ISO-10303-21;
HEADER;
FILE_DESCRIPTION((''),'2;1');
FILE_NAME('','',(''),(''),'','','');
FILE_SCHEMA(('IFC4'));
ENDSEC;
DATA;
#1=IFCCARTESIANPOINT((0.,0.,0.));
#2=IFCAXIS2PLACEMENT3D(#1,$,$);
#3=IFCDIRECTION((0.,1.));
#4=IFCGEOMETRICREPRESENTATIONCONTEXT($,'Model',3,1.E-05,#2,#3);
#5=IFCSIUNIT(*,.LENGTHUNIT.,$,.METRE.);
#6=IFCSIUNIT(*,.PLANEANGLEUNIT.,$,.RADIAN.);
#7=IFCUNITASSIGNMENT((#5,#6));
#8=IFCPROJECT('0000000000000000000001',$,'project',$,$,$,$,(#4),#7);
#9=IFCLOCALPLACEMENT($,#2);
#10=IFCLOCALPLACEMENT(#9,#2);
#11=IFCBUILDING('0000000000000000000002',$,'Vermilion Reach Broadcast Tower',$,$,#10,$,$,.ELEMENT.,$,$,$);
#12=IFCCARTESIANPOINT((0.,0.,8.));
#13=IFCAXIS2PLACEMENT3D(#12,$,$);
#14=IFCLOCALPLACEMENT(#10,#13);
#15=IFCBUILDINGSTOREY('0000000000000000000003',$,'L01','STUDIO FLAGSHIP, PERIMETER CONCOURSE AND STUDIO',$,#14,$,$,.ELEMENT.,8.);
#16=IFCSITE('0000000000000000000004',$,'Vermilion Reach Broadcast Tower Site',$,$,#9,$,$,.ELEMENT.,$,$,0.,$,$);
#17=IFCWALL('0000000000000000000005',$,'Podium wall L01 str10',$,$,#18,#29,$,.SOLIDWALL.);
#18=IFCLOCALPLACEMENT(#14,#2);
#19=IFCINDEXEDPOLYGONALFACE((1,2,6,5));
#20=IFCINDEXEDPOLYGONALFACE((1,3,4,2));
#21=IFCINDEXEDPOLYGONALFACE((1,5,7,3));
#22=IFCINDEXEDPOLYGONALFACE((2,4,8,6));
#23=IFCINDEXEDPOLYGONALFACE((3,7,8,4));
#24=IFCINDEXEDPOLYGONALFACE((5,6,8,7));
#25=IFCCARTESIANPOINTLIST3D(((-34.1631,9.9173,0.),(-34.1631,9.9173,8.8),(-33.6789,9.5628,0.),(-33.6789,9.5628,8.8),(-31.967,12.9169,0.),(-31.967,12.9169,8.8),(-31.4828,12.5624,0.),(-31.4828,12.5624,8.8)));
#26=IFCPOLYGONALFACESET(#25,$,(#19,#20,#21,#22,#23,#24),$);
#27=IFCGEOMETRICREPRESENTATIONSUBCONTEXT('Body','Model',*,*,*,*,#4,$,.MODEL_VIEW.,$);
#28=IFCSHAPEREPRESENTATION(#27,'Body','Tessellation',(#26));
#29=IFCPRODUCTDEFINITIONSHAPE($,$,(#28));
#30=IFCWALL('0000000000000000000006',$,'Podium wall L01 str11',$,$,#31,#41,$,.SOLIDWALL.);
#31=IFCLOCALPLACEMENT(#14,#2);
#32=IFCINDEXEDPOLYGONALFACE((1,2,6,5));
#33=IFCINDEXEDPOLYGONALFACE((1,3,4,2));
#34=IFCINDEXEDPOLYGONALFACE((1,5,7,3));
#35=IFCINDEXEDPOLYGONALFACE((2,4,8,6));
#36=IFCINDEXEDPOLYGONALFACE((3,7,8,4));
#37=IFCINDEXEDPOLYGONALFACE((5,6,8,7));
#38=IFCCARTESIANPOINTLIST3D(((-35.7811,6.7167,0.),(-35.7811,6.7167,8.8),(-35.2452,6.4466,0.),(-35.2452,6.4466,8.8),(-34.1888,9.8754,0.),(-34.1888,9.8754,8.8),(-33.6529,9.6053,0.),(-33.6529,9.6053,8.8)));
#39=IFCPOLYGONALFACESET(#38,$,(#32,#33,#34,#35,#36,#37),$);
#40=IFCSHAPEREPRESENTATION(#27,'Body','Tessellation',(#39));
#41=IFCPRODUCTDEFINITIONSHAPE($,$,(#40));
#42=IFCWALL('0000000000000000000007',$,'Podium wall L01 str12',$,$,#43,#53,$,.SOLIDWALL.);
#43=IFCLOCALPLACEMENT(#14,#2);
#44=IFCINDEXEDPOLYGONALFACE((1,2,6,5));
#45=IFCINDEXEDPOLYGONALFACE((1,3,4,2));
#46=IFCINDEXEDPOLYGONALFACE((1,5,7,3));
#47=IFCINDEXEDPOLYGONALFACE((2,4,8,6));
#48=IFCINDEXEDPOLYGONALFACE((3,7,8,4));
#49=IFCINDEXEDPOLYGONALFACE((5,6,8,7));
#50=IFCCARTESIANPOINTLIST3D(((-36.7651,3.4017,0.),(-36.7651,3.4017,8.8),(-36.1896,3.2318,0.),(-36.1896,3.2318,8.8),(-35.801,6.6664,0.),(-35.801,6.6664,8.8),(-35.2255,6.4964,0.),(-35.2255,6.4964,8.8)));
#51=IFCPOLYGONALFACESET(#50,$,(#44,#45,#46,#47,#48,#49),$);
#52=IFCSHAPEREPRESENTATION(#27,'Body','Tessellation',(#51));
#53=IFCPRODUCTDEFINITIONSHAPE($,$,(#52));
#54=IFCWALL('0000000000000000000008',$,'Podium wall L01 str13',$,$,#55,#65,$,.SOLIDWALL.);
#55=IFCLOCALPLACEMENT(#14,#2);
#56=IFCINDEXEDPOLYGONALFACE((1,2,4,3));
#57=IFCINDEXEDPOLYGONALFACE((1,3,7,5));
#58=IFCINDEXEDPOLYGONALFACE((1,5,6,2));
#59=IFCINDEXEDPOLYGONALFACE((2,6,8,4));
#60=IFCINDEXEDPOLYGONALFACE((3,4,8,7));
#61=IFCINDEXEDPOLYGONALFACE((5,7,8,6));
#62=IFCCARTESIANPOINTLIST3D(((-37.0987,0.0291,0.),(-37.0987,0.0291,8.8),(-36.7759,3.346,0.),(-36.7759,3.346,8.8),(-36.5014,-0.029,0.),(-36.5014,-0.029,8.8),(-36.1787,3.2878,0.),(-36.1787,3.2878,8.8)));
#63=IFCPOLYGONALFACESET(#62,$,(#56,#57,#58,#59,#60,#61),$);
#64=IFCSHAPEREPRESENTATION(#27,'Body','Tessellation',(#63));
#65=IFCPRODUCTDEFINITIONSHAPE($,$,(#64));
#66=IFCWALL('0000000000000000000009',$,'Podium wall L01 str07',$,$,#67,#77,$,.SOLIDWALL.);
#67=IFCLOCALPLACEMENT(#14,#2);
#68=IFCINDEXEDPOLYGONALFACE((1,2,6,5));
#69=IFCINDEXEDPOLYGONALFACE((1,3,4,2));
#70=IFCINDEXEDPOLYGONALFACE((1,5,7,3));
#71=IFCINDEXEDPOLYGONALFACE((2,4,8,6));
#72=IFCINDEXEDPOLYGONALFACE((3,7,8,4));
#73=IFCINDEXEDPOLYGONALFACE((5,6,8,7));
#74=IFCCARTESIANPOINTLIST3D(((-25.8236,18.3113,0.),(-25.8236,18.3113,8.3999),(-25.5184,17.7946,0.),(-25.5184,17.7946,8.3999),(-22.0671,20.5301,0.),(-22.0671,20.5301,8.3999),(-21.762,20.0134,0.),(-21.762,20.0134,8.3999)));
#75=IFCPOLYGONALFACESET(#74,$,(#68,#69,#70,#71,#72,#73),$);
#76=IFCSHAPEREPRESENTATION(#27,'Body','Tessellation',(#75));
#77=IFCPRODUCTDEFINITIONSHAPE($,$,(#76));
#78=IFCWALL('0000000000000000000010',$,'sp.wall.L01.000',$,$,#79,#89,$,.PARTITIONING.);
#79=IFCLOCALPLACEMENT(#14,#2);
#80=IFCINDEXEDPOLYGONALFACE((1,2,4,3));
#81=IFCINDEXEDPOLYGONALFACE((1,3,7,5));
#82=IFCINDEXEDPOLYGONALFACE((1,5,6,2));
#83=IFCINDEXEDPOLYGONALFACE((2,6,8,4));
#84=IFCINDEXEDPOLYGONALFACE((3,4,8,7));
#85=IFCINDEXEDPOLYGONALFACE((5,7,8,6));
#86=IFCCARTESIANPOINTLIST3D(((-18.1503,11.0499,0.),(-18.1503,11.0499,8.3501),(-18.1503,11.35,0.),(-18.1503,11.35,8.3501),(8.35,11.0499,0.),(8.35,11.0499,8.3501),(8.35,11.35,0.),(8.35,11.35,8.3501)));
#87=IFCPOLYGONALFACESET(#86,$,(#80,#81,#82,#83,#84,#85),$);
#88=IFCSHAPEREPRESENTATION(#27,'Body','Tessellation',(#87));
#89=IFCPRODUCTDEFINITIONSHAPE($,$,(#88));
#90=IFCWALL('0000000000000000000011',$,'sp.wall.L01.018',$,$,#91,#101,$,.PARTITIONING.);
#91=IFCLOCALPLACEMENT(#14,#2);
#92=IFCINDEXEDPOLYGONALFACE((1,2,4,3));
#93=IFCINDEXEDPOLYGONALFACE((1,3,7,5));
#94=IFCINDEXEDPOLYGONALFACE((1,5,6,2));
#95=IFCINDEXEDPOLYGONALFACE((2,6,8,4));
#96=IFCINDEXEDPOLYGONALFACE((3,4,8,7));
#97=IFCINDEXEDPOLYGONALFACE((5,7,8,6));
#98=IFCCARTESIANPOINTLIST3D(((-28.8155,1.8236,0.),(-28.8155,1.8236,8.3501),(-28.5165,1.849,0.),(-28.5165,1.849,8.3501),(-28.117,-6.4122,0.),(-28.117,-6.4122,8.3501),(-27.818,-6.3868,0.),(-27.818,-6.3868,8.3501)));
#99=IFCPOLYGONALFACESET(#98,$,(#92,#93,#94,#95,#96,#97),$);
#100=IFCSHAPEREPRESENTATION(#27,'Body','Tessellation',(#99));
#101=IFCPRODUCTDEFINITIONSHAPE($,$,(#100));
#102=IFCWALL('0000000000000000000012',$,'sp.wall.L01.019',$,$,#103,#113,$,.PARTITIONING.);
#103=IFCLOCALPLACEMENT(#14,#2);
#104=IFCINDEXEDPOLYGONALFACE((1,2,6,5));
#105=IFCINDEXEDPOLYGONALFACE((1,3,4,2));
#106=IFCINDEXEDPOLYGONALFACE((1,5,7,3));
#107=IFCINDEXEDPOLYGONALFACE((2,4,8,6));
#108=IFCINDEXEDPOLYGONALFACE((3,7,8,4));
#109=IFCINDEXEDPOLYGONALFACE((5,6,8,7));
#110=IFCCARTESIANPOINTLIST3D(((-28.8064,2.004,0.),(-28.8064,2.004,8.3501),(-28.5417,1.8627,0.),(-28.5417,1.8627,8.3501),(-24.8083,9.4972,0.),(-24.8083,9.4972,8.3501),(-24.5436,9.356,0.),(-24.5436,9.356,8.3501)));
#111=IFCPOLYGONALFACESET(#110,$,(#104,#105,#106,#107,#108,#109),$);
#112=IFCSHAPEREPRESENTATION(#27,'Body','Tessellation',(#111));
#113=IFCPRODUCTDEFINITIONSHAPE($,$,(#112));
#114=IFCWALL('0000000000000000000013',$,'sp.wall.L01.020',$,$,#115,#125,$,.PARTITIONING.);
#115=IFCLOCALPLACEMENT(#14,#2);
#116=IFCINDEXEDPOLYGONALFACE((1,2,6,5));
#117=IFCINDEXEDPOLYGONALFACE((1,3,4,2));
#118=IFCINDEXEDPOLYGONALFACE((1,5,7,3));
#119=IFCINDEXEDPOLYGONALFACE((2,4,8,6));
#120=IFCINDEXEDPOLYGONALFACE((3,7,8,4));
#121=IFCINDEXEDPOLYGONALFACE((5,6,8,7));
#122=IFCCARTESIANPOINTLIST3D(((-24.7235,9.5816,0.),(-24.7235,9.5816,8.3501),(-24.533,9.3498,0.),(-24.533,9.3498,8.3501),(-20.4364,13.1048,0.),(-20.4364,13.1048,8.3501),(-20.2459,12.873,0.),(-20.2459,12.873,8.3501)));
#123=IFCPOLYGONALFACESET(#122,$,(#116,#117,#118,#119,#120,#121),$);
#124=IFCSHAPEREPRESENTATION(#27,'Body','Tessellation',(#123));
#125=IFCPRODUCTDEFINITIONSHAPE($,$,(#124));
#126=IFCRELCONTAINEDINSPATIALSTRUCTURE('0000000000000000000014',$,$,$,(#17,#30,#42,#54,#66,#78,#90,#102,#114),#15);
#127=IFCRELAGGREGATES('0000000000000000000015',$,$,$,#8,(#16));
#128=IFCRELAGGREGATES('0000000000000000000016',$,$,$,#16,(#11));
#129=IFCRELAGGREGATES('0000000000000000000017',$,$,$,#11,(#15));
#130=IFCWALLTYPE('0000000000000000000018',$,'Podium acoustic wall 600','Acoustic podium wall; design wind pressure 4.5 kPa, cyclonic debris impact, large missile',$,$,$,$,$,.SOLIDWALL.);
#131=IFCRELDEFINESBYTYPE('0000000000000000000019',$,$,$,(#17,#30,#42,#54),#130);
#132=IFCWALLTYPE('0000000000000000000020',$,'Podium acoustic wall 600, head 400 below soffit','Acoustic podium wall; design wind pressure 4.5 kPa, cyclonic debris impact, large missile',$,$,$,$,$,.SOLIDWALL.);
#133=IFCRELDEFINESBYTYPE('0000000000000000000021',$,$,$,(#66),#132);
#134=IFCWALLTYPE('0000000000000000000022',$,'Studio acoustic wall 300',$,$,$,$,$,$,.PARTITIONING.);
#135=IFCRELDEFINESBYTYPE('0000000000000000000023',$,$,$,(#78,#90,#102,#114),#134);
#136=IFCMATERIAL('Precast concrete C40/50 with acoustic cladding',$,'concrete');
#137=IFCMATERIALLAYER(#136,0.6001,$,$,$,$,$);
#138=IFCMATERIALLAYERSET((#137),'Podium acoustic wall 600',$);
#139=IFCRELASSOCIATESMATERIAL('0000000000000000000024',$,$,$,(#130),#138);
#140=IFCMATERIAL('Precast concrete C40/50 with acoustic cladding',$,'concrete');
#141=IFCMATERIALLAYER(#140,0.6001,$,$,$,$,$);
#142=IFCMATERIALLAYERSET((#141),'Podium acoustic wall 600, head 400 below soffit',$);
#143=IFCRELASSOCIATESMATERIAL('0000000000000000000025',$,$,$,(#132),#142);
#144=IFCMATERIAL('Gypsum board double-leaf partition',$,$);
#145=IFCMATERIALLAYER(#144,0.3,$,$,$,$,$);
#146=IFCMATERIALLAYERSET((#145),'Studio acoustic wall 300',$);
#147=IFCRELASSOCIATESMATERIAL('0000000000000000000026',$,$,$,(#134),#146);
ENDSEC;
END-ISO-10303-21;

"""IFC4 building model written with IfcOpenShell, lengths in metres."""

from ifc_helpers import new_model, si_unit, direction, frame, frame_2d, origin, place, context, subcontext, project, spatial, rectangle, extrude, material, layer, layer_set, type_object, element, save


model = new_model("IFC4")

# Units and contexts
model_context = context("Model", 3, precision=1e-05, world=origin(), true_north=direction((0.0, 1.0)))
body_context = subcontext(model_context, "Body", "Model", "MODEL_VIEW")
ifc_project = project(units=[si_unit("LENGTHUNIT", "METRE"), si_unit("PLANEANGLEUNIT", "RADIAN")], contexts=[model_context])

# Site, building, storey
site_placement = place(None, origin())
site = spatial("IfcSite", under=ifc_project, at=site_placement, Name="Vermilion Reach Broadcast Tower Site", CompositionType="ELEMENT", RefElevation=0.0)
building_placement = place(site_placement, origin())
building = spatial("IfcBuilding", under=site, at=building_placement, Name="Vermilion Reach Broadcast Tower", CompositionType="ELEMENT")
storey_placement = place(building_placement, frame((0.0, 0.0, 8.0)))
storey = spatial("IfcBuildingStorey", under=building, at=storey_placement, Name="L01", Description="STUDIO FLAGSHIP, PERIMETER CONCOURSE AND STUDIO", CompositionType="ELEMENT", Elevation=8.0)

# Walls
ifc_material_1 = material(Name="Precast concrete C40/50 with acoustic cladding", Category="concrete")
ifc_layer_1 = layer(ifc_material_1, 0.6001)
ifc_layer_set_1 = layer_set([ifc_layer_1], Name="Podium acoustic wall 600")
wall_type_1 = type_object("IfcWallType", Name="Podium acoustic wall 600", Description="Acoustic podium wall; design wind pressure 4.5 kPa, cyclonic debris impact, large missile", PredefinedType="SOLIDWALL", material=ifc_layer_set_1)
wall_1_placement = place(storey_placement, frame((-31.7249, 12.7397, 0.0), z_axis=(0.0, 0.0, 1.0), x_axis=(-0.590734, -0.806866, 0.0)))
element("IfcWall", 1, at=wall_1_placement, inside=storey, type_object=wall_type_1, Name="Podium wall L01 str10", PredefinedType="SOLIDWALL", context=body_context, shape_type="SweptSolid", body=[
    extrude(rectangle(XDim=3.7175, YDim=0.6001, at=frame_2d((1.8589, 0.0))), origin(), (0.0, 0.0, 1.0), 8.8),
])
wall_2_placement = place(storey_placement, frame((-33.9209, 9.7402, 0.0), z_axis=(0.0, 0.0, 1.0), x_axis=(-0.450138, -0.892959, 0.0)))
element("IfcWall", 2, at=wall_2_placement, inside=storey, type_object=wall_type_1, Name="Podium wall L01 str11", PredefinedType="SOLIDWALL", context=body_context, shape_type="SweptSolid", body=[
    extrude(rectangle(XDim=3.5374, YDim=0.6001, at=frame_2d((1.7686, 0.0))), origin(), (0.0, 0.0, 1.0), 8.8),
])
wall_3_placement = place(storey_placement, frame((-35.5132, 6.5815, 0.0), z_axis=(0.0, 0.0, 1.0), x_axis=(-0.283226, -0.959053, 0.0)))
element("IfcWall", 3, at=wall_3_placement, inside=storey, type_object=wall_type_1, Name="Podium wall L01 str12", PredefinedType="SOLIDWALL", context=body_context, shape_type="SweptSolid", body=[
    extrude(rectangle(XDim=3.4041, YDim=0.6001, at=frame_2d((1.7021, 0.0))), origin(), (0.0, 0.0, 1.0), 8.8),
])
wall_4_placement = place(storey_placement, frame((-36.4773, 3.3169, 0.0), z_axis=(0.0, 0.0, 1.0), x_axis=(-0.096849, -0.995299, 0.0)))
element("IfcWall", 4, at=wall_4_placement, inside=storey, type_object=wall_type_1, Name="Podium wall L01 str13", PredefinedType="SOLIDWALL", context=body_context, shape_type="SweptSolid", body=[
    extrude(rectangle(XDim=3.3325, YDim=0.6001, at=frame_2d((1.6663, 0.0))), origin(), (0.0, 0.0, 1.0), 8.8),
])
ifc_material_2 = material(Name="Precast concrete C40/50 with acoustic cladding", Category="concrete")
ifc_layer_2 = layer(ifc_material_2, 0.6001)
ifc_layer_set_2 = layer_set([ifc_layer_2], Name="Podium acoustic wall 600, head 400 below soffit")
wall_type_2 = type_object("IfcWallType", Name="Podium acoustic wall 600, head 400 below soffit", Description="Acoustic podium wall; design wind pressure 4.5 kPa, cyclonic debris impact, large missile", PredefinedType="SOLIDWALL", material=ifc_layer_set_2)
wall_5_placement = place(storey_placement, frame((-21.9146, 20.2717, 0.0), z_axis=(0.0, 0.0, 1.0), x_axis=(-0.861018, -0.508575, 0.0)))
element("IfcWall", 5, at=wall_5_placement, inside=storey, type_object=wall_type_2, Name="Podium wall L01 str07", PredefinedType="SOLIDWALL", context=body_context, shape_type="SweptSolid", body=[
    extrude(rectangle(XDim=4.3628, YDim=0.6001, at=frame_2d((2.1814, 0.0))), origin(), (0.0, 0.0, 1.0), 8.3999),
])
ifc_material_3 = material(Name="Gypsum board double-leaf partition")
ifc_layer_3 = layer(ifc_material_3, 0.3)
ifc_layer_set_3 = layer_set([ifc_layer_3], Name="Studio acoustic wall 300")
wall_type_3 = type_object("IfcWallType", Name="Studio acoustic wall 300", PredefinedType="PARTITIONING", material=ifc_layer_set_3)
wall_6_placement = place(storey_placement, frame((-18.1501, 11.2, 0.0), z_axis=(0.0, 0.0, 1.0), x_axis=(1.0, 0.0, 0.0)))
element("IfcWall", 6, at=wall_6_placement, inside=storey, type_object=wall_type_3, Name="sp.wall.L01.000", PredefinedType="PARTITIONING", context=body_context, shape_type="SweptSolid", body=[
    extrude(rectangle(XDim=26.5002, YDim=0.3, at=frame_2d((13.25, 0.0))), origin(), (0.0, 0.0, 1.0), 8.3501),
])
wall_7_placement = place(storey_placement, frame((-28.666, 1.8364, 0.0), z_axis=(0.0, 0.0, 1.0), x_axis=(0.084507, -0.996423, 0.0)))
element("IfcWall", 7, at=wall_7_placement, inside=storey, type_object=wall_type_3, Name="sp.wall.L01.018", PredefinedType="PARTITIONING", context=body_context, shape_type="SweptSolid", body=[
    extrude(rectangle(XDim=8.2654, YDim=0.3, at=frame_2d((4.1328, 0.0))), origin(), (0.0, 0.0, 1.0), 8.3501),
])
wall_8_placement = place(storey_placement, frame((-28.6741, 1.9333, 0.0), z_axis=(0.0, 0.0, 1.0), x_axis=(0.470743, 0.88227, 0.0)))
element("IfcWall", 8, at=wall_8_placement, inside=storey, type_object=wall_type_3, Name="sp.wall.L01.019", PredefinedType="PARTITIONING", context=body_context, shape_type="SweptSolid", body=[
    extrude(rectangle(XDim=8.4932, YDim=0.3, at=frame_2d((4.2466, 0.0))), origin(), (0.0, 0.0, 1.0), 8.3501),
])
wall_9_placement = place(storey_placement, frame((-24.6282, 9.4658, 0.0), z_axis=(0.0, 0.0, 1.0), x_axis=(0.772581, 0.634916, 0.0)))
element("IfcWall", 9, at=wall_9_placement, inside=storey, type_object=wall_type_3, Name="sp.wall.L01.020", PredefinedType="PARTITIONING", context=body_context, shape_type="SweptSolid", body=[
    extrude(rectangle(XDim=5.5491, YDim=0.3, at=frame_2d((2.7744, 0.0))), origin(), (0.0, 0.0, 1.0), 8.3501),
])

save(model, "model.ifc")
